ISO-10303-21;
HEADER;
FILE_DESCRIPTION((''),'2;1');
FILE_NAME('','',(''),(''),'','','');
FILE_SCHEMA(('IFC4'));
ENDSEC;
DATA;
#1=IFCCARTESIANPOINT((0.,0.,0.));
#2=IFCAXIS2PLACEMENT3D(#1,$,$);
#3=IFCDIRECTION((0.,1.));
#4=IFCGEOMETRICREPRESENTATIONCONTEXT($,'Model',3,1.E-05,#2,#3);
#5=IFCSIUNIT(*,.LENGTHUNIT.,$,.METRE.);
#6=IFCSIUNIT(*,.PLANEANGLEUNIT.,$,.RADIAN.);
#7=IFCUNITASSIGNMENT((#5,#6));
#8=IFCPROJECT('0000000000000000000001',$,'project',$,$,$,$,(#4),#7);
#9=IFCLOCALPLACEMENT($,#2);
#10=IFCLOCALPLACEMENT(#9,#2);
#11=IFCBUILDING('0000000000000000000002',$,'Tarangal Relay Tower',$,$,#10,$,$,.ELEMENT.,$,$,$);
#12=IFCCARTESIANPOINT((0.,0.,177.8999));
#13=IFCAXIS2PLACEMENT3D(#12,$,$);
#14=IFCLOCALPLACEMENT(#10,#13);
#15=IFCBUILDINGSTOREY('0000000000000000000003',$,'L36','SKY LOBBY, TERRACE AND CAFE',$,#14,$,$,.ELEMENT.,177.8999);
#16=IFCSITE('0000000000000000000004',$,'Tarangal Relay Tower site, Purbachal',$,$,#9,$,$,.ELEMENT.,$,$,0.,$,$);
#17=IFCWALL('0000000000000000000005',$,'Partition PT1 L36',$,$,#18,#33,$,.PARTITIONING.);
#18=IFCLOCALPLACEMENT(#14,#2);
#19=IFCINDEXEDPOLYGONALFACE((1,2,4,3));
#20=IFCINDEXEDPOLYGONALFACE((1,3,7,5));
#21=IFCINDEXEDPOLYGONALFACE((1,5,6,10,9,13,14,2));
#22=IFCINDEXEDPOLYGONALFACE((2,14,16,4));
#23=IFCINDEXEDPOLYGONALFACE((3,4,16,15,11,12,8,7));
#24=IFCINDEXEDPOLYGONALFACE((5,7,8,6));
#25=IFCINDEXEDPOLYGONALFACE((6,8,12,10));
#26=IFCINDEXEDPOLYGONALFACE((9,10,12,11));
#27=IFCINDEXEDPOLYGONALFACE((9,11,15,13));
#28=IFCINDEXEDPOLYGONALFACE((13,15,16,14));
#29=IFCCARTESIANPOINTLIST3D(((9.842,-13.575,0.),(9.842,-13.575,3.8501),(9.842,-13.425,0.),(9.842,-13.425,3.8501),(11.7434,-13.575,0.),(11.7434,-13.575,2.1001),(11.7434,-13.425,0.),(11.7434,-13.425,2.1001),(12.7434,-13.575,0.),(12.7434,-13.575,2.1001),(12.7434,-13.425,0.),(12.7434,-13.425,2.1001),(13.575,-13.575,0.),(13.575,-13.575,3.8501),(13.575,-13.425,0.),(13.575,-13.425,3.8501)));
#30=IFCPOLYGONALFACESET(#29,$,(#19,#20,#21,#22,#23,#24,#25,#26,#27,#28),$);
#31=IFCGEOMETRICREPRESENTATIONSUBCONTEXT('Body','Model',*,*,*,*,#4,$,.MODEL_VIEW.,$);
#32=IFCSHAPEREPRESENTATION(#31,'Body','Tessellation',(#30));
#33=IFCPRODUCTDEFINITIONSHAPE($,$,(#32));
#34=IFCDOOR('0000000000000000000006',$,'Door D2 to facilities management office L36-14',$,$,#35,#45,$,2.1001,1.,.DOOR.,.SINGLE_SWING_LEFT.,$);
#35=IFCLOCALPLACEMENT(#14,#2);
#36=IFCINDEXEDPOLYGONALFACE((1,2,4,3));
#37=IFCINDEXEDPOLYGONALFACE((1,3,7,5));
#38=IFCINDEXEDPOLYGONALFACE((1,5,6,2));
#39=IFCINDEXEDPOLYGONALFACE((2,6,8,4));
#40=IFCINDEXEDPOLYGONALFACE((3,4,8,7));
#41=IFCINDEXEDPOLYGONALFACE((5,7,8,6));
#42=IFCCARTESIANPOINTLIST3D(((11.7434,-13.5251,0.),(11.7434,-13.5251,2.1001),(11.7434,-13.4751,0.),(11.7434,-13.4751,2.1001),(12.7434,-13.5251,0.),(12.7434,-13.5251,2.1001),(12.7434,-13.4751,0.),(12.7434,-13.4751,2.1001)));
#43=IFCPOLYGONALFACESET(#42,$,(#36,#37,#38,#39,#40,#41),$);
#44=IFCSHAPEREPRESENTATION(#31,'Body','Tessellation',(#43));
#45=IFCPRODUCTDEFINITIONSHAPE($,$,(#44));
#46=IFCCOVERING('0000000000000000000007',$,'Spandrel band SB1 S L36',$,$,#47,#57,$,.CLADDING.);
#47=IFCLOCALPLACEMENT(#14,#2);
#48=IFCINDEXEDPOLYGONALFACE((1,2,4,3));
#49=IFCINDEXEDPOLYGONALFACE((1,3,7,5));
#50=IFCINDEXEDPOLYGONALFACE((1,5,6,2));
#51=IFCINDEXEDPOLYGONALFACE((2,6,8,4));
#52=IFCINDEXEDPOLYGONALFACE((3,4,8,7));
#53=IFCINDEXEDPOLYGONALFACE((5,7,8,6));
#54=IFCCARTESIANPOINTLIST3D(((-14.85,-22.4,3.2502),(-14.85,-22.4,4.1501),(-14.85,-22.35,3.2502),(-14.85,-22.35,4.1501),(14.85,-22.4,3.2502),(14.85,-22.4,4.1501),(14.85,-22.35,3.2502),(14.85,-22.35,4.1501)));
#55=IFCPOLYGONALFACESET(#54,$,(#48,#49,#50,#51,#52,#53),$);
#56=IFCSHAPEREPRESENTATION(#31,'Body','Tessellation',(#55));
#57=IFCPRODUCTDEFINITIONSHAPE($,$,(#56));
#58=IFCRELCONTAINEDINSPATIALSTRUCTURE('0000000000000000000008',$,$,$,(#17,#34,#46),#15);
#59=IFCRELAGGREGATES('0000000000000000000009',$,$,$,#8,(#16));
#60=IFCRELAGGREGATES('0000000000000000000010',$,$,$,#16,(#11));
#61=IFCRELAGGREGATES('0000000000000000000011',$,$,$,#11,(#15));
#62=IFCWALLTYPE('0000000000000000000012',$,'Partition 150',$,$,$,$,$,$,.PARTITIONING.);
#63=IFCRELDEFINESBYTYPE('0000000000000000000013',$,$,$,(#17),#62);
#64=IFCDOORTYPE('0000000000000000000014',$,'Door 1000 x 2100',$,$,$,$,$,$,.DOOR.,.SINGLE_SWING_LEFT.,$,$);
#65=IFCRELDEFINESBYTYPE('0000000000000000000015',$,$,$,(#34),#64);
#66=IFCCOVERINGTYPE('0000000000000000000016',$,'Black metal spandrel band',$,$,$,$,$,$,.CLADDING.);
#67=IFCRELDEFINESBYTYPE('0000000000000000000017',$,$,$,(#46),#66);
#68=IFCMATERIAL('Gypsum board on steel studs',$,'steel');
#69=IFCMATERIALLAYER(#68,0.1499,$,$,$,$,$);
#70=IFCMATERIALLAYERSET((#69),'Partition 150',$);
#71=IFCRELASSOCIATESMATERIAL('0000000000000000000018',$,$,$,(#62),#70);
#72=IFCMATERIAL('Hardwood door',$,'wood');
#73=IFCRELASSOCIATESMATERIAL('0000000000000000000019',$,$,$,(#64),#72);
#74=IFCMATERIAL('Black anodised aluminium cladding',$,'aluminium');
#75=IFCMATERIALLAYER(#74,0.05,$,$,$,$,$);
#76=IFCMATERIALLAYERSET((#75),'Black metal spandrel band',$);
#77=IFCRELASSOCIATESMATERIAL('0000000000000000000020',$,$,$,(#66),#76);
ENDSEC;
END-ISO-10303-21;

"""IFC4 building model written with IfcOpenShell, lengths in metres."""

from ifc_helpers import new_model, si_unit, direction, frame, frame_2d, origin, origin_2d, place, context, subcontext, project, spatial, rectangle, extrude, material, layer, layer_set, type_object, element, fill, save


model = new_model("IFC4")

# Units and contexts
model_context = context("Model", 3, precision=1e-05, world=origin(), true_north=direction((0.0, 1.0)))
body_context = subcontext(model_context, "Body", "Model", "MODEL_VIEW")
ifc_project = project(units=[si_unit("LENGTHUNIT", "METRE"), si_unit("PLANEANGLEUNIT", "RADIAN")], contexts=[model_context])

# Site, building, storey
site_placement = place(None, origin())
site = spatial("IfcSite", under=ifc_project, at=site_placement, Name="Tarangal Relay Tower site, Purbachal", CompositionType="ELEMENT", RefElevation=0.0)
building_placement = place(site_placement, origin())
building = spatial("IfcBuilding", under=site, at=building_placement, Name="Tarangal Relay Tower", CompositionType="ELEMENT")
storey_placement = place(building_placement, frame((0.0, 0.0, 177.8999)))
storey = spatial("IfcBuildingStorey", under=building, at=storey_placement, Name="L36", Description="SKY LOBBY, TERRACE AND CAFE", CompositionType="ELEMENT", Elevation=177.8999)

# Wall, opening, door
ifc_material_1 = material(Name="Gypsum board on steel studs", Category="steel")
ifc_layer_1 = layer(ifc_material_1, 0.1499)
ifc_layer_set_1 = layer_set([ifc_layer_1], Name="Partition 150")
wall_type_1 = type_object("IfcWallType", Name="Partition 150", PredefinedType="PARTITIONING", material=ifc_layer_set_1)
wall_placement = place(storey_placement, frame((9.842, -13.5, 0.0), z_axis=(0.0, 0.0, 1.0), x_axis=(1.0, 0.0, 0.0)))
wall = element("IfcWall", 1, at=wall_placement, inside=storey, type_object=wall_type_1, Name="Partition PT1 L36", PredefinedType="PARTITIONING", context=body_context, shape_type="SweptSolid", body=[
    extrude(rectangle(XDim=3.7329, YDim=0.1499, at=frame_2d((1.8665, 0.0))), origin(), (0.0, 0.0, 1.0), 3.8501),
])
opening_placement = place(wall_placement, frame((1.9014, 0.0, 0.0)))
opening = element("IfcOpeningElement", 2, at=opening_placement, cuts=wall, PredefinedType="OPENING", context=body_context, shape_type="SweptSolid", body=[
    extrude(rectangle(XDim=1.0, YDim=2.1001, at=frame_2d((0.5, 1.05))), frame((0.0, 0.085, 0.0), z_axis=(0.0, -1.0, 0.0), x_axis=(1.0, 0.0, 0.0)), (0.0, 0.0, 1.0), 0.1699),
])
ifc_material_2 = material(Name="Hardwood door", Category="wood")
door_type = type_object("IfcDoorType", Name="Door 1000 x 2100", OperationType="SINGLE_SWING_LEFT", PredefinedType="DOOR", material=ifc_material_2)
door_placement = place(opening_placement, origin())
door = element("IfcDoor", 3, at=door_placement, inside=storey, type_object=door_type, Name="Door D2 to facilities management office L36-14", OperationType="SINGLE_SWING_LEFT", OverallHeight=2.1001, OverallWidth=1.0, PredefinedType="DOOR", context=body_context, shape_type="SweptSolid", body=[
    extrude(rectangle(XDim=1.0, YDim=2.1001, at=frame_2d((0.5, 1.05))), frame((0.0, 0.0249, 0.0), z_axis=(0.0, -1.0, 0.0), x_axis=(1.0, 0.0, 0.0)), (0.0, 0.0, 1.0), 0.05),
])
fill(opening, door)

# Covering
ifc_material_3 = material(Name="Black anodised aluminium cladding", Category="aluminium")
ifc_layer_2 = layer(ifc_material_3, 0.05)
ifc_layer_set_2 = layer_set([ifc_layer_2], Name="Black metal spandrel band")
covering_type = type_object("IfcCoveringType", Name="Black metal spandrel band", PredefinedType="CLADDING", material=ifc_layer_set_2)
covering_placement = place(storey_placement, frame((0.0, -22.375, 3.2502), z_axis=(0.0, 0.0, 1.0), x_axis=(-1.0, 0.0, 0.0)))
element("IfcCovering", 4, at=covering_placement, inside=storey, type_object=covering_type, Name="Spandrel band SB1 S L36", PredefinedType="CLADDING", context=body_context, shape_type="SweptSolid", body=[
    extrude(rectangle(XDim=29.7, YDim=0.05, at=origin_2d()), origin(), (0.0, 0.0, 1.0), 0.8999),
])

save(model, "model.ifc")
